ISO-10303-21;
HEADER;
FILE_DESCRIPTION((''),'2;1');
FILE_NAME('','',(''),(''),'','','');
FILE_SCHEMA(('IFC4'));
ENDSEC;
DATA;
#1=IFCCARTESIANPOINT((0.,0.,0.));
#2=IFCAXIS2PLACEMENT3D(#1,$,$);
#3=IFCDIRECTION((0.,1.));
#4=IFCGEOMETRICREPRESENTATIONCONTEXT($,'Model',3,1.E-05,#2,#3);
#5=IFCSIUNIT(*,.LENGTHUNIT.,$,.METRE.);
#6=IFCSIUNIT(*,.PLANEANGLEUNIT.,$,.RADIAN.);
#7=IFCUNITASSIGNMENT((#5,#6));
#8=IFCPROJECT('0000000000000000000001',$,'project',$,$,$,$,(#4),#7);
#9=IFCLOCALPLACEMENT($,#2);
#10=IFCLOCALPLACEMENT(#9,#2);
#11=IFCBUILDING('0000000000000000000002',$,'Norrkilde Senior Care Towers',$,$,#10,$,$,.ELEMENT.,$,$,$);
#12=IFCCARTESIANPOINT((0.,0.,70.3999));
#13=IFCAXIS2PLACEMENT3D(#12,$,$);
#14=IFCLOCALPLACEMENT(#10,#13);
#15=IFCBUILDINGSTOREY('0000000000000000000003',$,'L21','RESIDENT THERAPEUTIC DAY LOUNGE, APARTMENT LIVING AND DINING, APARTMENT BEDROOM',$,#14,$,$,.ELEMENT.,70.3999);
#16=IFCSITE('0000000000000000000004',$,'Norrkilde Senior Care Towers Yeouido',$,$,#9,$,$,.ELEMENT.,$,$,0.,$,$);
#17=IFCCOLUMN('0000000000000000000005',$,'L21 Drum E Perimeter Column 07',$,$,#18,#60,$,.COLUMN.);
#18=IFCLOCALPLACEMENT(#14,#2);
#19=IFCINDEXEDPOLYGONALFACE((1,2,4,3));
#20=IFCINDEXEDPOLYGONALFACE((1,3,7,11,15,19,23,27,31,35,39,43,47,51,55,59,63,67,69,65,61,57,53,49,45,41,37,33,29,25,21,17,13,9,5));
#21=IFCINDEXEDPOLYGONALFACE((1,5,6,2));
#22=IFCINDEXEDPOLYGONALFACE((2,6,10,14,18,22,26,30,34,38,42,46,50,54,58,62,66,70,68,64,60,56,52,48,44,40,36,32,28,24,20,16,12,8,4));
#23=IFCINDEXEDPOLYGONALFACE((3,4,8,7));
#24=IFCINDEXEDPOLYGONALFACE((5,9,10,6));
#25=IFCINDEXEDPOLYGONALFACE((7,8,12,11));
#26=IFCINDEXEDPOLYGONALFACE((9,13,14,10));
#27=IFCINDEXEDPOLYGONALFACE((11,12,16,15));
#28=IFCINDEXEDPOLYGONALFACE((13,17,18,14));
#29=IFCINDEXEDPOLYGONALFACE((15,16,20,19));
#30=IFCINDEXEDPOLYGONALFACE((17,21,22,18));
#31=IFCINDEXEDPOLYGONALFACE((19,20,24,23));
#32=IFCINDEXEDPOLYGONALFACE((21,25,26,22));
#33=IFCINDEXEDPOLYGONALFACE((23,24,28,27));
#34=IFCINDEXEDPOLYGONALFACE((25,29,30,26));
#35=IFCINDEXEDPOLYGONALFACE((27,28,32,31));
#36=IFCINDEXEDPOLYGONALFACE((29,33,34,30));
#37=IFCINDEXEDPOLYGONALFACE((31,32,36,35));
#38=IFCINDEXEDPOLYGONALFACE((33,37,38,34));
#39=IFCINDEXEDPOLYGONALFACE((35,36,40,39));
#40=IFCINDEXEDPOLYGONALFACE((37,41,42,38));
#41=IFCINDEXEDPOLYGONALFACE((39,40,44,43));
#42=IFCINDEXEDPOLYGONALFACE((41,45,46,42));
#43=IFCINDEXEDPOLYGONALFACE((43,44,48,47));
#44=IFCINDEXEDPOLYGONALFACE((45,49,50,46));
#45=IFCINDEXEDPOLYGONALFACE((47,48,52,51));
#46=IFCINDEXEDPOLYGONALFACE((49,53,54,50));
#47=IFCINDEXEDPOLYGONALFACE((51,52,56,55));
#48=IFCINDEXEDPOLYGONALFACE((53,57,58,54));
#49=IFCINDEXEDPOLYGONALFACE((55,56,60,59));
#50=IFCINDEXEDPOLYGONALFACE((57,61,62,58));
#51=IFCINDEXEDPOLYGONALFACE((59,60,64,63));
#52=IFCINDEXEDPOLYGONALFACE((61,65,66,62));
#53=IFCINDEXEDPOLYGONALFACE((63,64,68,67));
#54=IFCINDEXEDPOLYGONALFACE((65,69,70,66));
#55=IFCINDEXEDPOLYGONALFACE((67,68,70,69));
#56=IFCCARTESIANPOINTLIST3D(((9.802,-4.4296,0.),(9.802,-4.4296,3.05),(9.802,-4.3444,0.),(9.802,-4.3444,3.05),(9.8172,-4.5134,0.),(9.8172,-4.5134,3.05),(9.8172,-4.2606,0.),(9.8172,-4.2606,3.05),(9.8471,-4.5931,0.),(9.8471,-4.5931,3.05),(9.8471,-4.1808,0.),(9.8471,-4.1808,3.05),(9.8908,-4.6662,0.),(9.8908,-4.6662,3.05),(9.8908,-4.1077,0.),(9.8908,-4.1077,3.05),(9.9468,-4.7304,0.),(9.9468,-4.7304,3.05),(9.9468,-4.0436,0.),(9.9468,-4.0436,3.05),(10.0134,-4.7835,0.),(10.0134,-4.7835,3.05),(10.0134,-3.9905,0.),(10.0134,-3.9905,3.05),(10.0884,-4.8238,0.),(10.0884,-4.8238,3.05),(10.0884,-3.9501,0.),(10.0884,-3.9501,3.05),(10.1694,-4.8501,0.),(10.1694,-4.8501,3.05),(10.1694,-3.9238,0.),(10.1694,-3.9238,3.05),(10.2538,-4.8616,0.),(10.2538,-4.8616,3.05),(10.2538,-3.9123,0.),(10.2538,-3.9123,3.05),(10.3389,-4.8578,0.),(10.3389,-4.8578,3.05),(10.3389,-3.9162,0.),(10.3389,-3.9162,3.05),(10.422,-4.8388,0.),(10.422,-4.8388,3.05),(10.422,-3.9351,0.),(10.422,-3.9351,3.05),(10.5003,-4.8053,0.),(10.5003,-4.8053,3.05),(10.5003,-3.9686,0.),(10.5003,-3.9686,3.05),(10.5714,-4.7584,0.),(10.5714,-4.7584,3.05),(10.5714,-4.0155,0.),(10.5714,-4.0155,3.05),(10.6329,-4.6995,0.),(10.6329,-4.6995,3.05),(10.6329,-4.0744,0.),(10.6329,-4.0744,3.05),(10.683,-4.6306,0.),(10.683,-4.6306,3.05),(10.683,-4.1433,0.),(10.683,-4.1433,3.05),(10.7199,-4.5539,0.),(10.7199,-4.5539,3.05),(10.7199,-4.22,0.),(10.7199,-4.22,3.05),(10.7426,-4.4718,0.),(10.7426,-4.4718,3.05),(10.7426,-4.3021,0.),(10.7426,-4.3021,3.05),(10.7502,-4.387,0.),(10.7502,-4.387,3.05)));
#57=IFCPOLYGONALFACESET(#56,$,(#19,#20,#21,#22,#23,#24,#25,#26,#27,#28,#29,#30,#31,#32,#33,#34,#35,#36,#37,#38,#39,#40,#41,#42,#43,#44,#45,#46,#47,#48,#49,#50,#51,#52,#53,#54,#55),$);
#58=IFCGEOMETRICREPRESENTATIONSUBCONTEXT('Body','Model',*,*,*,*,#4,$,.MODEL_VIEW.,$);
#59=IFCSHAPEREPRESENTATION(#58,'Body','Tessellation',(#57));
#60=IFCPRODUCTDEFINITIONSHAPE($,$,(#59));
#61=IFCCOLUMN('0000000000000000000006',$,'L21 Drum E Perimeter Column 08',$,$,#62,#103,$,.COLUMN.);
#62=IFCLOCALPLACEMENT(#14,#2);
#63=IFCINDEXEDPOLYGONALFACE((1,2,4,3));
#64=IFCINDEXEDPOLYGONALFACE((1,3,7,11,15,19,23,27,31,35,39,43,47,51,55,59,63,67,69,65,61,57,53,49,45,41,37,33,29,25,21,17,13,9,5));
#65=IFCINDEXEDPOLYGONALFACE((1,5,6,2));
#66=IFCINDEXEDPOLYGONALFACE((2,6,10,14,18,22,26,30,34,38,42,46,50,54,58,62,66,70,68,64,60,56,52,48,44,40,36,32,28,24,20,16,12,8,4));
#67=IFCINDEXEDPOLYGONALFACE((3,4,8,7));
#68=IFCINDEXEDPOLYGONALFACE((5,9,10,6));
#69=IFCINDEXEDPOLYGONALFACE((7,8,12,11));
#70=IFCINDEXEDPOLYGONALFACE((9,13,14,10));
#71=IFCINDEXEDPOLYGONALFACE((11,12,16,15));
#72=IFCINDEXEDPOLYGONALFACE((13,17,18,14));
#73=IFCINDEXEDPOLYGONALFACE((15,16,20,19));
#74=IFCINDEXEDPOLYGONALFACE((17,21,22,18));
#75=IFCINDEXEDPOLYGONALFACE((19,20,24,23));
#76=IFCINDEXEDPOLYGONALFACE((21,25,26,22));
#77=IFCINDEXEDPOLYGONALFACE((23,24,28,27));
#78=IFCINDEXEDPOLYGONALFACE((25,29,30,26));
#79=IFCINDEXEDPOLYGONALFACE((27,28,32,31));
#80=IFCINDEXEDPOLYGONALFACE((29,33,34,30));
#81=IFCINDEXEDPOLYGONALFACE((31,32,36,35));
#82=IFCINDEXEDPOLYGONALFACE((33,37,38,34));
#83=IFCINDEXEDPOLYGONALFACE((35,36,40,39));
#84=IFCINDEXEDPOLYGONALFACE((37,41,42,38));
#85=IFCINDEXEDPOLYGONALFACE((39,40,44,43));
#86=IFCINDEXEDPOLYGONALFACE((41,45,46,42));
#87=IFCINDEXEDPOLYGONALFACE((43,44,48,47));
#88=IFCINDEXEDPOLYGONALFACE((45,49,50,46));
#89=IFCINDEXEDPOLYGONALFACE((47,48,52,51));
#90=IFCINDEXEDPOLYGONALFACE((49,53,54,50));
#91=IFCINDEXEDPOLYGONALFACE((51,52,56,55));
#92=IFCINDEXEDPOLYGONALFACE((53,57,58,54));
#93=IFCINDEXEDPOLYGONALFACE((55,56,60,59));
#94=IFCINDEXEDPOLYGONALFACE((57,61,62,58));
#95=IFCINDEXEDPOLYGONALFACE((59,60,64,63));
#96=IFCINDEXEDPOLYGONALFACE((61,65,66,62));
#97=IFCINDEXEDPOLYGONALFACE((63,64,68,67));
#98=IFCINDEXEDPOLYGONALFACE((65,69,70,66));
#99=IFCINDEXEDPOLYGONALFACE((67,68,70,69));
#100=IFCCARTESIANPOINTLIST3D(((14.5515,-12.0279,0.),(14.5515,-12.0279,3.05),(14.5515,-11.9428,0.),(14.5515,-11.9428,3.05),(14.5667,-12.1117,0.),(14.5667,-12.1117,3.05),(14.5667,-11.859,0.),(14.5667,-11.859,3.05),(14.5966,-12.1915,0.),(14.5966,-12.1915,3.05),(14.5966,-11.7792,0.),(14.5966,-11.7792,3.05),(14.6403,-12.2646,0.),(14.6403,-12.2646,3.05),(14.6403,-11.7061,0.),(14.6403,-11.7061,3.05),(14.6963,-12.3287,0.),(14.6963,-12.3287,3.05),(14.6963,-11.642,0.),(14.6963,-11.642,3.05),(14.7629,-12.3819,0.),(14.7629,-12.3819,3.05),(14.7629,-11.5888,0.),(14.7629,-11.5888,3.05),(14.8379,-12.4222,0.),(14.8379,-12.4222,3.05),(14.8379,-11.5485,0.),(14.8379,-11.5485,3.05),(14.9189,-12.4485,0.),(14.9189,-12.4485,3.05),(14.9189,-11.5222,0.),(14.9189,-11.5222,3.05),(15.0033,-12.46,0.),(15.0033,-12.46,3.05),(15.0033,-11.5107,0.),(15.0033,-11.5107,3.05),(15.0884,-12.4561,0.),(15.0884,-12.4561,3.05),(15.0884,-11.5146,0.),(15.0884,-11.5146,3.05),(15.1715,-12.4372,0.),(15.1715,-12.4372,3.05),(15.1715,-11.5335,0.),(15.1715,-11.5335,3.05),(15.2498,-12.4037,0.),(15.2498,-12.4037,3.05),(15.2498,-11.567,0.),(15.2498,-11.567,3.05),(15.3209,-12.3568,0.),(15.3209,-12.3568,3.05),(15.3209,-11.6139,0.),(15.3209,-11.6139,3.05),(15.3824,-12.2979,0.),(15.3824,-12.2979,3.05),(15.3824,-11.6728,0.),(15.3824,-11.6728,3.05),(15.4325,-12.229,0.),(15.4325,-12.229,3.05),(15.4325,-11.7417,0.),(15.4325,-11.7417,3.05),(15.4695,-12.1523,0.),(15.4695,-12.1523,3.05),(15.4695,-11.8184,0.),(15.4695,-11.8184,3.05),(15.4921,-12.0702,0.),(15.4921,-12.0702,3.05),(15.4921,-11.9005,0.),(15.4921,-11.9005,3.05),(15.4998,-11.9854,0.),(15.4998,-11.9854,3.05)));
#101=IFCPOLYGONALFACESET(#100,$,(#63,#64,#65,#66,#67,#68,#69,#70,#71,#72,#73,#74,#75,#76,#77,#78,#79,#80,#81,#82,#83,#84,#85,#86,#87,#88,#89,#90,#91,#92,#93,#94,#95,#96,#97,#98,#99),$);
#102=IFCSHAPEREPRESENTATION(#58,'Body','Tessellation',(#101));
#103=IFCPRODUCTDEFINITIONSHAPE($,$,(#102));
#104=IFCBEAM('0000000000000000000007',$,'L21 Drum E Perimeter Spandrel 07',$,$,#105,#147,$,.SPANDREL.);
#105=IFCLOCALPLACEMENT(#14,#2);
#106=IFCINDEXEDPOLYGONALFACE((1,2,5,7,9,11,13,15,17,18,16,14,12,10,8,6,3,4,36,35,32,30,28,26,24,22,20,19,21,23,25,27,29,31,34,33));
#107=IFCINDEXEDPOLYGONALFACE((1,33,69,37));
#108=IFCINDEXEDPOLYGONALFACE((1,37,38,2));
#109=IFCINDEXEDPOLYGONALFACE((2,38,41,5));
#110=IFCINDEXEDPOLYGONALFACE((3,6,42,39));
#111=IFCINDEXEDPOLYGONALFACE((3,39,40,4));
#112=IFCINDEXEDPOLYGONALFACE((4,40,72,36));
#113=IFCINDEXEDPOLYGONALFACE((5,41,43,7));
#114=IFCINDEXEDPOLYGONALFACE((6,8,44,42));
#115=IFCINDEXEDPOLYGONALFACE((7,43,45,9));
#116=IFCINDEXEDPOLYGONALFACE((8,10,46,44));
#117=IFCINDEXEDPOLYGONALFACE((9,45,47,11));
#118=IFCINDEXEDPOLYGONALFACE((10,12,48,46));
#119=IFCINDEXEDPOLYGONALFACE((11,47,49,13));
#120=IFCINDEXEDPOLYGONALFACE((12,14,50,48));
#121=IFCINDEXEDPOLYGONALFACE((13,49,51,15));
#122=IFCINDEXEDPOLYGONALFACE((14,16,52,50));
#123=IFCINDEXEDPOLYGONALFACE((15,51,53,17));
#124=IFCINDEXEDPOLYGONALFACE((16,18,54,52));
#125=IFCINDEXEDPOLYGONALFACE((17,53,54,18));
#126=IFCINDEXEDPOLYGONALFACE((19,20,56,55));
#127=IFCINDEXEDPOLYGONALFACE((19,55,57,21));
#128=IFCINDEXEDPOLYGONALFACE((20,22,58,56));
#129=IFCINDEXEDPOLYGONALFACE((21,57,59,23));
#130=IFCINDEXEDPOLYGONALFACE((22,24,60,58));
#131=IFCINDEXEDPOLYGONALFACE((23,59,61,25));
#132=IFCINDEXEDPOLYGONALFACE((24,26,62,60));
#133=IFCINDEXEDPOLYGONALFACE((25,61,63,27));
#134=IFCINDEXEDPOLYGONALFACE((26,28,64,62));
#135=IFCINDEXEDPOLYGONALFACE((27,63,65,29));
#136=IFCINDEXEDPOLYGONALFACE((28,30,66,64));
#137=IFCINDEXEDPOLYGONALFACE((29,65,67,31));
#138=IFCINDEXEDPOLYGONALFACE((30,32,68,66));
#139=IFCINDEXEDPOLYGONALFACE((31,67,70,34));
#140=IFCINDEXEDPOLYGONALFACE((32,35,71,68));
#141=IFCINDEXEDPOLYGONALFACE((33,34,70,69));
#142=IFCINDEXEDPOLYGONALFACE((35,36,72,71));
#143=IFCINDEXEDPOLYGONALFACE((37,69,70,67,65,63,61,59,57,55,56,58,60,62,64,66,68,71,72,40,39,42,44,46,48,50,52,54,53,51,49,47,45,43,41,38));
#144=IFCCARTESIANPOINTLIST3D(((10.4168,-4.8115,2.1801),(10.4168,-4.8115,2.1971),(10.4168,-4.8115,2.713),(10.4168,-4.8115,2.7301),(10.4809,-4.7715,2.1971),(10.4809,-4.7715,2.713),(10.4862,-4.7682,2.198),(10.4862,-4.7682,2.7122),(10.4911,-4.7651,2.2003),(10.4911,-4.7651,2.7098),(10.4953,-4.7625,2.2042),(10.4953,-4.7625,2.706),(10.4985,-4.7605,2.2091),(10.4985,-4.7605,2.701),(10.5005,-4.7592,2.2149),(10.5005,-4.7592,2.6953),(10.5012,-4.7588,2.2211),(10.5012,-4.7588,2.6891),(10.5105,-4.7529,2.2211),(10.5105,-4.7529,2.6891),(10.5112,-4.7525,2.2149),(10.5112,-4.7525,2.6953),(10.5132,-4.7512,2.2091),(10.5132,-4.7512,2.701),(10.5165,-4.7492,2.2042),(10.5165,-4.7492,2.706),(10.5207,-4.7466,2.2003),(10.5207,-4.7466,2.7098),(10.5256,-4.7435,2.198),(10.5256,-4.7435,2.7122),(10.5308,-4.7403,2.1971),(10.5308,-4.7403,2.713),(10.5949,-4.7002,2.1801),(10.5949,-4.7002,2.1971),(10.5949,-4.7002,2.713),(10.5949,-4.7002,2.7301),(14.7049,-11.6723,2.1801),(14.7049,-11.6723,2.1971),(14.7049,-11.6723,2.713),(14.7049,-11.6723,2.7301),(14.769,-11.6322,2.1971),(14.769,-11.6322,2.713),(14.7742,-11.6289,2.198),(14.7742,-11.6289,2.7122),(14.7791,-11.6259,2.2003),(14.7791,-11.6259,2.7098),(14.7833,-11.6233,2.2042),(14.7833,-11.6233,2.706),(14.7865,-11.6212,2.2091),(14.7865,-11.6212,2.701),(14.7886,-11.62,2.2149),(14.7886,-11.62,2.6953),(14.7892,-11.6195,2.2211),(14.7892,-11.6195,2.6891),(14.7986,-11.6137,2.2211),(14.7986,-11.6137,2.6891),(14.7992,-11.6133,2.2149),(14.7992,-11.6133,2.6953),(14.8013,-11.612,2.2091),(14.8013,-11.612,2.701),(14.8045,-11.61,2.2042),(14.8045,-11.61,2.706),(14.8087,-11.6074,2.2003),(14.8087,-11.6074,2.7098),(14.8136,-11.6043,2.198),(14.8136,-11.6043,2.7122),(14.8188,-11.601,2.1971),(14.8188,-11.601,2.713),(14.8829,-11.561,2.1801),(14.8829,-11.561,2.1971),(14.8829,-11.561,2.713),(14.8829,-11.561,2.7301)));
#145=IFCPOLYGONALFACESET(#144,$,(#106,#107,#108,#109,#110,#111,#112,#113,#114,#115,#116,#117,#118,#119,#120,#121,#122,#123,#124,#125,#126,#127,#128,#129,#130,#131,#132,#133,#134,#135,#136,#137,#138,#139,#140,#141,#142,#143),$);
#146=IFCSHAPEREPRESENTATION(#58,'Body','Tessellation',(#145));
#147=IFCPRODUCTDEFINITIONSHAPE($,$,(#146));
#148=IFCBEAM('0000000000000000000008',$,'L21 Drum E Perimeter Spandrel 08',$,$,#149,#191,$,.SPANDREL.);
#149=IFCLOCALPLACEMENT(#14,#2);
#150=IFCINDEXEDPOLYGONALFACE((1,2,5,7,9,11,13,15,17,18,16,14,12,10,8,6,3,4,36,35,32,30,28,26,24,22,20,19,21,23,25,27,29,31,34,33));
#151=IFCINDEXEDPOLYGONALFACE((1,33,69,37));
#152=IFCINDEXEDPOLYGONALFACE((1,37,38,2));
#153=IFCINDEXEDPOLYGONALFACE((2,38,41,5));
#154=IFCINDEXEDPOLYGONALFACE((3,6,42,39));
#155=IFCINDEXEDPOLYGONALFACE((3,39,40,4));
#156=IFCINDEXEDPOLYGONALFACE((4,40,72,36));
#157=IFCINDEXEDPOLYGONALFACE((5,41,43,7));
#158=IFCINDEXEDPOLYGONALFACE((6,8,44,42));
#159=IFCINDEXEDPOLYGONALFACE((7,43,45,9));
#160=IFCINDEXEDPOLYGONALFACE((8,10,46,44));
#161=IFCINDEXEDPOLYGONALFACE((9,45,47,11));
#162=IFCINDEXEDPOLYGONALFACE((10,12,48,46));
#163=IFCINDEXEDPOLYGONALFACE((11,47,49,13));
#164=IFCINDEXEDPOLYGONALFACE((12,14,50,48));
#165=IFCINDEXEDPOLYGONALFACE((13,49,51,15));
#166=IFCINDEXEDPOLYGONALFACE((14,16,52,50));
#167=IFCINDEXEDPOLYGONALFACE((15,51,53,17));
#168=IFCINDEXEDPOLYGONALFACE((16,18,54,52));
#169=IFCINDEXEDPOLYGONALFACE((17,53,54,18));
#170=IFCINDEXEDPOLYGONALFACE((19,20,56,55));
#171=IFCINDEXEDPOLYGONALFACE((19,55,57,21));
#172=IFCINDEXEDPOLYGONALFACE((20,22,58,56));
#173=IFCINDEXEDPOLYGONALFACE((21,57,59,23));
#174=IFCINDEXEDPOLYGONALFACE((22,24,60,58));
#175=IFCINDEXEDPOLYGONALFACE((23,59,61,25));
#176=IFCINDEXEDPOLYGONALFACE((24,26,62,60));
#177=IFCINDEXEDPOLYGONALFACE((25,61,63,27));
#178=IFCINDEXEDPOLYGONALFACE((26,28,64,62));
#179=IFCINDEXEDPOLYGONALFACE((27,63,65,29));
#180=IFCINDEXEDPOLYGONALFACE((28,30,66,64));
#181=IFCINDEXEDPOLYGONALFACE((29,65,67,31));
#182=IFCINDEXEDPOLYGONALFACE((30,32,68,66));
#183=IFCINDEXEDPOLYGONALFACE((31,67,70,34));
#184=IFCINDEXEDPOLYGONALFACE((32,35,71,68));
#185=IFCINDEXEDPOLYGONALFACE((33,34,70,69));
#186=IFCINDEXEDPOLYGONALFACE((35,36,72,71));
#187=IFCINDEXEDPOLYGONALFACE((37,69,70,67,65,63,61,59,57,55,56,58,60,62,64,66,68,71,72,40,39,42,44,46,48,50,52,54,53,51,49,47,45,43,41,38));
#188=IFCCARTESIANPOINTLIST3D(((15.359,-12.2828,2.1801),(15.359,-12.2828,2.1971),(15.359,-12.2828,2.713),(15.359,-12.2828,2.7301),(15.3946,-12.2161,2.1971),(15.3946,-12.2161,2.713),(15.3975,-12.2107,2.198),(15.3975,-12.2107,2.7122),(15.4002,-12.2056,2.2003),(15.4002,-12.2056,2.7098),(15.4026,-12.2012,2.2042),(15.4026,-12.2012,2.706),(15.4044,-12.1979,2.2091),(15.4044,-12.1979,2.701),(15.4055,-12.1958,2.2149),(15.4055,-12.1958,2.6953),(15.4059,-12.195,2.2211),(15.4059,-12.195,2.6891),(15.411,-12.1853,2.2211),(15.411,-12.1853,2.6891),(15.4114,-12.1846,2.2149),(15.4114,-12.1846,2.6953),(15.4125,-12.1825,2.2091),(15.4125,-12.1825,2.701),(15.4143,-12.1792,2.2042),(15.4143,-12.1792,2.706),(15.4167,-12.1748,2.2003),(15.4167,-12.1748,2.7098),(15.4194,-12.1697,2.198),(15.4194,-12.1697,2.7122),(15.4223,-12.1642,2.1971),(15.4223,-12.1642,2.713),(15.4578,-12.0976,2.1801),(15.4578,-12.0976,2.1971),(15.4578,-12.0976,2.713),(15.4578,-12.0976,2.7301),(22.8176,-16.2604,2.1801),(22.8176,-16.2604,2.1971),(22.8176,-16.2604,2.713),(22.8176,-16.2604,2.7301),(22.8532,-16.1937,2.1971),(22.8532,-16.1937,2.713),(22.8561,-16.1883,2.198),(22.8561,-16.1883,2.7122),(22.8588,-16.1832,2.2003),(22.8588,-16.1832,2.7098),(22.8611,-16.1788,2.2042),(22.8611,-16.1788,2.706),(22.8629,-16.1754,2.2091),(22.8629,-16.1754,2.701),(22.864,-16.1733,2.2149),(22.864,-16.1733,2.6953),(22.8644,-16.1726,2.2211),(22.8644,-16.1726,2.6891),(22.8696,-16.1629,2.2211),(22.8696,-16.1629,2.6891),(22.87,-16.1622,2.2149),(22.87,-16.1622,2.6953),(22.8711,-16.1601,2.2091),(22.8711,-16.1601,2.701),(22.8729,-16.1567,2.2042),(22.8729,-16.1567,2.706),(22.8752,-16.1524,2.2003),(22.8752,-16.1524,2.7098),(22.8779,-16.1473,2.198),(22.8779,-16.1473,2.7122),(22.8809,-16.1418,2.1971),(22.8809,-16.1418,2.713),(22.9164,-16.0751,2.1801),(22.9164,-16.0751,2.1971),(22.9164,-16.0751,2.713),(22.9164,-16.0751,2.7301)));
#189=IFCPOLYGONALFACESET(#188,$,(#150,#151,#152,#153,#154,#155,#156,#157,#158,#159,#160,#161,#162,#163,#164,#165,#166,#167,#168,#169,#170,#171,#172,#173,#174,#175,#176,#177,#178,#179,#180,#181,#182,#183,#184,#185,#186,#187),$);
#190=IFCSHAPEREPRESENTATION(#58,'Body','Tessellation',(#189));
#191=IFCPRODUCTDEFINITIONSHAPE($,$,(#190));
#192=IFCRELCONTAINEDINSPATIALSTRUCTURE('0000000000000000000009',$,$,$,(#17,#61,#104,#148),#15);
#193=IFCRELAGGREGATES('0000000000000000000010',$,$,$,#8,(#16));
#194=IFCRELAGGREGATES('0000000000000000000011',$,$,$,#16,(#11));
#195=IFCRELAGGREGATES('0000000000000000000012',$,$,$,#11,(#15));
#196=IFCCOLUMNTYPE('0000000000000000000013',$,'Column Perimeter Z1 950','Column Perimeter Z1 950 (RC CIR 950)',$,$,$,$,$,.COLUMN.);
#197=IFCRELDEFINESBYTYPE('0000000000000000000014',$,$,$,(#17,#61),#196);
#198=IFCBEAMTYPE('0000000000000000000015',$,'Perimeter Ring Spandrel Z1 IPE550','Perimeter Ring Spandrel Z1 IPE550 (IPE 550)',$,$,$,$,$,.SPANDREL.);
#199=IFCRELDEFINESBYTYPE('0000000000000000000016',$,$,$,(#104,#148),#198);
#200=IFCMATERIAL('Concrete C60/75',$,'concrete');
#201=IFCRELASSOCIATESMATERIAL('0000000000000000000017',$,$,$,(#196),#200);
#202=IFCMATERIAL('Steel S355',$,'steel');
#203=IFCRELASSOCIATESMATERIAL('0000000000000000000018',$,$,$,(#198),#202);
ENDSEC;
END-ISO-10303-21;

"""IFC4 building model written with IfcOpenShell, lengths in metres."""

from ifc_helpers import new_model, si_unit, direction, frame, origin, origin_2d, place, context, subcontext, project, spatial, circle, i_section, extrude, source, transform, mapped, material, material_profile, profile_set, type_object, type_shapes, element, save


model = new_model("IFC4")

# Units and contexts
model_context = context("Model", 3, precision=1e-05, world=origin(), true_north=direction((0.0, 1.0)))
body_context = subcontext(model_context, "Body", "Model", "MODEL_VIEW")
ifc_project = project(units=[si_unit("LENGTHUNIT", "METRE"), si_unit("PLANEANGLEUNIT", "RADIAN")], contexts=[model_context])

# Site, building, storey
site_placement = place(None, origin())
site = spatial("IfcSite", under=ifc_project, at=site_placement, Name="Norrkilde Senior Care Towers Yeouido", CompositionType="ELEMENT", RefElevation=0.0)
building_placement = place(site_placement, origin())
building = spatial("IfcBuilding", under=site, at=building_placement, Name="Norrkilde Senior Care Towers", CompositionType="ELEMENT")
storey_placement = place(building_placement, frame((0.0, 0.0, 70.3999)))
storey = spatial("IfcBuildingStorey", under=building, at=storey_placement, Name="L21", Description="RESIDENT THERAPEUTIC DAY LOUNGE, APARTMENT LIVING AND DINING, APARTMENT BEDROOM", CompositionType="ELEMENT", Elevation=70.3999)

# Columns
ifc_material_1 = material(Name="Concrete C60/75", Category="concrete")
ifc_material_profile_1 = material_profile(ifc_material_1, circle(Radius=0.4751, at=origin_2d()), Name="RC CIR 950")
ifc_profile_set_1 = profile_set([ifc_material_profile_1], Name="Concrete C60/75")
column_type = type_object("IfcColumnType", Name="Column Perimeter Z1 950", Description="Column Perimeter Z1 950 (RC CIR 950)", PredefinedType="COLUMN", material=ifc_profile_set_1)
shared_shape_1 = source(origin(), body_context, "Body", "SweptSolid", [
    extrude(circle(Radius=0.4751, at=origin_2d()), origin(), (0.0, 0.0, 1.0), 3.05),
])
type_shapes(column_type, [shared_shape_1])
for number, where, z_axis, x_axis, name in (
    (1, (10.2751, -4.387, 0.0), (0.0, 0.0, 1.0), (1.0, 0.0, 0.0), "L21 Drum E Perimeter Column 07"),
    (2, (15.0247, -11.9854, 0.0), (0.0, 0.0, 1.0), (1.0, 0.0, 0.0), "L21 Drum E Perimeter Column 08"),
):
    element("IfcColumn", number, at=place(storey_placement, frame(where, z_axis=z_axis, x_axis=x_axis)), inside=storey, type_object=column_type, Name=name, PredefinedType="COLUMN", context=body_context, shape_type="MappedRepresentation", body=[
        mapped(shared_shape_1, transform((0.0, 0.0, 0.0), x_axis=(1.0, 0.0, 0.0), y_axis=(0.0, 1.0, 0.0), z_axis=(0.0, 0.0, 1.0), scale=1.0)),
    ])

# Beams
ifc_material_2 = material(Name="Steel S355", Category="steel")
ifc_material_profile_2 = material_profile(ifc_material_2, i_section(OverallWidth=0.21, OverallDepth=0.55, WebThickness=0.011, FlangeThickness=0.0171, FilletRadius=0.0239, at=origin_2d()), Name="IPE 550")
ifc_profile_set_2 = profile_set([ifc_material_profile_2], Name="Steel S355")
beam_type_1 = type_object("IfcBeamType", Name="Perimeter Ring Spandrel Z1 IPE550", Description="Perimeter Ring Spandrel Z1 IPE550 (IPE 550)", PredefinedType="SPANDREL", material=ifc_profile_set_2)
shared_shape_2 = source(origin(), body_context, "Body", "SweptSolid", [
    extrude(i_section(OverallWidth=0.21, OverallDepth=0.55, WebThickness=0.011, FlangeThickness=0.0171, FilletRadius=0.0239, at=origin_2d()), origin(), (0.0, 0.0, 1.0), 8.0906),
])
beam_1_placement = place(storey_placement, frame((10.5059, -4.7559, 2.4551), z_axis=(0.530004, -0.847995, 0.0), x_axis=(0.847995, 0.530004, 0.0)))
element("IfcBeam", 3, at=beam_1_placement, inside=storey, type_object=beam_type_1, Name="L21 Drum E Perimeter Spandrel 07", PredefinedType="SPANDREL", context=body_context, shape_type="MappedRepresentation", body=[
    mapped(shared_shape_2, transform((0.0, 0.0, 0.0), x_axis=(1.0, 0.0, 0.0), y_axis=(0.0, 1.0, 0.0), z_axis=(0.0, 0.0, 1.0), scale=1.0)),
])
shared_shape_3 = source(origin(), body_context, "Body", "SweptSolid", [
    extrude(i_section(OverallWidth=0.21, OverallDepth=0.55, WebThickness=0.011, FlangeThickness=0.0171, FilletRadius=0.0239, at=origin_2d()), origin(), (0.0, 0.0, 1.0), 8.4529),
])
type_shapes(beam_type_1, [shared_shape_2, shared_shape_3])
beam_2_placement = place(storey_placement, frame((15.4084, -12.1902, 2.4551), z_axis=(0.882369, -0.470558, 0.0), x_axis=(0.470558, 0.882369, 0.0)))
element("IfcBeam", 4, at=beam_2_placement, inside=storey, type_object=beam_type_1, Name="L21 Drum E Perimeter Spandrel 08", PredefinedType="SPANDREL", context=body_context, shape_type="MappedRepresentation", body=[
    mapped(shared_shape_3, transform((0.0, 0.0, 0.0), x_axis=(1.0, 0.0, 0.0), y_axis=(0.0, 1.0, 0.0), z_axis=(0.0, 0.0, 1.0), scale=1.0)),
])

save(model, "model.ifc")
